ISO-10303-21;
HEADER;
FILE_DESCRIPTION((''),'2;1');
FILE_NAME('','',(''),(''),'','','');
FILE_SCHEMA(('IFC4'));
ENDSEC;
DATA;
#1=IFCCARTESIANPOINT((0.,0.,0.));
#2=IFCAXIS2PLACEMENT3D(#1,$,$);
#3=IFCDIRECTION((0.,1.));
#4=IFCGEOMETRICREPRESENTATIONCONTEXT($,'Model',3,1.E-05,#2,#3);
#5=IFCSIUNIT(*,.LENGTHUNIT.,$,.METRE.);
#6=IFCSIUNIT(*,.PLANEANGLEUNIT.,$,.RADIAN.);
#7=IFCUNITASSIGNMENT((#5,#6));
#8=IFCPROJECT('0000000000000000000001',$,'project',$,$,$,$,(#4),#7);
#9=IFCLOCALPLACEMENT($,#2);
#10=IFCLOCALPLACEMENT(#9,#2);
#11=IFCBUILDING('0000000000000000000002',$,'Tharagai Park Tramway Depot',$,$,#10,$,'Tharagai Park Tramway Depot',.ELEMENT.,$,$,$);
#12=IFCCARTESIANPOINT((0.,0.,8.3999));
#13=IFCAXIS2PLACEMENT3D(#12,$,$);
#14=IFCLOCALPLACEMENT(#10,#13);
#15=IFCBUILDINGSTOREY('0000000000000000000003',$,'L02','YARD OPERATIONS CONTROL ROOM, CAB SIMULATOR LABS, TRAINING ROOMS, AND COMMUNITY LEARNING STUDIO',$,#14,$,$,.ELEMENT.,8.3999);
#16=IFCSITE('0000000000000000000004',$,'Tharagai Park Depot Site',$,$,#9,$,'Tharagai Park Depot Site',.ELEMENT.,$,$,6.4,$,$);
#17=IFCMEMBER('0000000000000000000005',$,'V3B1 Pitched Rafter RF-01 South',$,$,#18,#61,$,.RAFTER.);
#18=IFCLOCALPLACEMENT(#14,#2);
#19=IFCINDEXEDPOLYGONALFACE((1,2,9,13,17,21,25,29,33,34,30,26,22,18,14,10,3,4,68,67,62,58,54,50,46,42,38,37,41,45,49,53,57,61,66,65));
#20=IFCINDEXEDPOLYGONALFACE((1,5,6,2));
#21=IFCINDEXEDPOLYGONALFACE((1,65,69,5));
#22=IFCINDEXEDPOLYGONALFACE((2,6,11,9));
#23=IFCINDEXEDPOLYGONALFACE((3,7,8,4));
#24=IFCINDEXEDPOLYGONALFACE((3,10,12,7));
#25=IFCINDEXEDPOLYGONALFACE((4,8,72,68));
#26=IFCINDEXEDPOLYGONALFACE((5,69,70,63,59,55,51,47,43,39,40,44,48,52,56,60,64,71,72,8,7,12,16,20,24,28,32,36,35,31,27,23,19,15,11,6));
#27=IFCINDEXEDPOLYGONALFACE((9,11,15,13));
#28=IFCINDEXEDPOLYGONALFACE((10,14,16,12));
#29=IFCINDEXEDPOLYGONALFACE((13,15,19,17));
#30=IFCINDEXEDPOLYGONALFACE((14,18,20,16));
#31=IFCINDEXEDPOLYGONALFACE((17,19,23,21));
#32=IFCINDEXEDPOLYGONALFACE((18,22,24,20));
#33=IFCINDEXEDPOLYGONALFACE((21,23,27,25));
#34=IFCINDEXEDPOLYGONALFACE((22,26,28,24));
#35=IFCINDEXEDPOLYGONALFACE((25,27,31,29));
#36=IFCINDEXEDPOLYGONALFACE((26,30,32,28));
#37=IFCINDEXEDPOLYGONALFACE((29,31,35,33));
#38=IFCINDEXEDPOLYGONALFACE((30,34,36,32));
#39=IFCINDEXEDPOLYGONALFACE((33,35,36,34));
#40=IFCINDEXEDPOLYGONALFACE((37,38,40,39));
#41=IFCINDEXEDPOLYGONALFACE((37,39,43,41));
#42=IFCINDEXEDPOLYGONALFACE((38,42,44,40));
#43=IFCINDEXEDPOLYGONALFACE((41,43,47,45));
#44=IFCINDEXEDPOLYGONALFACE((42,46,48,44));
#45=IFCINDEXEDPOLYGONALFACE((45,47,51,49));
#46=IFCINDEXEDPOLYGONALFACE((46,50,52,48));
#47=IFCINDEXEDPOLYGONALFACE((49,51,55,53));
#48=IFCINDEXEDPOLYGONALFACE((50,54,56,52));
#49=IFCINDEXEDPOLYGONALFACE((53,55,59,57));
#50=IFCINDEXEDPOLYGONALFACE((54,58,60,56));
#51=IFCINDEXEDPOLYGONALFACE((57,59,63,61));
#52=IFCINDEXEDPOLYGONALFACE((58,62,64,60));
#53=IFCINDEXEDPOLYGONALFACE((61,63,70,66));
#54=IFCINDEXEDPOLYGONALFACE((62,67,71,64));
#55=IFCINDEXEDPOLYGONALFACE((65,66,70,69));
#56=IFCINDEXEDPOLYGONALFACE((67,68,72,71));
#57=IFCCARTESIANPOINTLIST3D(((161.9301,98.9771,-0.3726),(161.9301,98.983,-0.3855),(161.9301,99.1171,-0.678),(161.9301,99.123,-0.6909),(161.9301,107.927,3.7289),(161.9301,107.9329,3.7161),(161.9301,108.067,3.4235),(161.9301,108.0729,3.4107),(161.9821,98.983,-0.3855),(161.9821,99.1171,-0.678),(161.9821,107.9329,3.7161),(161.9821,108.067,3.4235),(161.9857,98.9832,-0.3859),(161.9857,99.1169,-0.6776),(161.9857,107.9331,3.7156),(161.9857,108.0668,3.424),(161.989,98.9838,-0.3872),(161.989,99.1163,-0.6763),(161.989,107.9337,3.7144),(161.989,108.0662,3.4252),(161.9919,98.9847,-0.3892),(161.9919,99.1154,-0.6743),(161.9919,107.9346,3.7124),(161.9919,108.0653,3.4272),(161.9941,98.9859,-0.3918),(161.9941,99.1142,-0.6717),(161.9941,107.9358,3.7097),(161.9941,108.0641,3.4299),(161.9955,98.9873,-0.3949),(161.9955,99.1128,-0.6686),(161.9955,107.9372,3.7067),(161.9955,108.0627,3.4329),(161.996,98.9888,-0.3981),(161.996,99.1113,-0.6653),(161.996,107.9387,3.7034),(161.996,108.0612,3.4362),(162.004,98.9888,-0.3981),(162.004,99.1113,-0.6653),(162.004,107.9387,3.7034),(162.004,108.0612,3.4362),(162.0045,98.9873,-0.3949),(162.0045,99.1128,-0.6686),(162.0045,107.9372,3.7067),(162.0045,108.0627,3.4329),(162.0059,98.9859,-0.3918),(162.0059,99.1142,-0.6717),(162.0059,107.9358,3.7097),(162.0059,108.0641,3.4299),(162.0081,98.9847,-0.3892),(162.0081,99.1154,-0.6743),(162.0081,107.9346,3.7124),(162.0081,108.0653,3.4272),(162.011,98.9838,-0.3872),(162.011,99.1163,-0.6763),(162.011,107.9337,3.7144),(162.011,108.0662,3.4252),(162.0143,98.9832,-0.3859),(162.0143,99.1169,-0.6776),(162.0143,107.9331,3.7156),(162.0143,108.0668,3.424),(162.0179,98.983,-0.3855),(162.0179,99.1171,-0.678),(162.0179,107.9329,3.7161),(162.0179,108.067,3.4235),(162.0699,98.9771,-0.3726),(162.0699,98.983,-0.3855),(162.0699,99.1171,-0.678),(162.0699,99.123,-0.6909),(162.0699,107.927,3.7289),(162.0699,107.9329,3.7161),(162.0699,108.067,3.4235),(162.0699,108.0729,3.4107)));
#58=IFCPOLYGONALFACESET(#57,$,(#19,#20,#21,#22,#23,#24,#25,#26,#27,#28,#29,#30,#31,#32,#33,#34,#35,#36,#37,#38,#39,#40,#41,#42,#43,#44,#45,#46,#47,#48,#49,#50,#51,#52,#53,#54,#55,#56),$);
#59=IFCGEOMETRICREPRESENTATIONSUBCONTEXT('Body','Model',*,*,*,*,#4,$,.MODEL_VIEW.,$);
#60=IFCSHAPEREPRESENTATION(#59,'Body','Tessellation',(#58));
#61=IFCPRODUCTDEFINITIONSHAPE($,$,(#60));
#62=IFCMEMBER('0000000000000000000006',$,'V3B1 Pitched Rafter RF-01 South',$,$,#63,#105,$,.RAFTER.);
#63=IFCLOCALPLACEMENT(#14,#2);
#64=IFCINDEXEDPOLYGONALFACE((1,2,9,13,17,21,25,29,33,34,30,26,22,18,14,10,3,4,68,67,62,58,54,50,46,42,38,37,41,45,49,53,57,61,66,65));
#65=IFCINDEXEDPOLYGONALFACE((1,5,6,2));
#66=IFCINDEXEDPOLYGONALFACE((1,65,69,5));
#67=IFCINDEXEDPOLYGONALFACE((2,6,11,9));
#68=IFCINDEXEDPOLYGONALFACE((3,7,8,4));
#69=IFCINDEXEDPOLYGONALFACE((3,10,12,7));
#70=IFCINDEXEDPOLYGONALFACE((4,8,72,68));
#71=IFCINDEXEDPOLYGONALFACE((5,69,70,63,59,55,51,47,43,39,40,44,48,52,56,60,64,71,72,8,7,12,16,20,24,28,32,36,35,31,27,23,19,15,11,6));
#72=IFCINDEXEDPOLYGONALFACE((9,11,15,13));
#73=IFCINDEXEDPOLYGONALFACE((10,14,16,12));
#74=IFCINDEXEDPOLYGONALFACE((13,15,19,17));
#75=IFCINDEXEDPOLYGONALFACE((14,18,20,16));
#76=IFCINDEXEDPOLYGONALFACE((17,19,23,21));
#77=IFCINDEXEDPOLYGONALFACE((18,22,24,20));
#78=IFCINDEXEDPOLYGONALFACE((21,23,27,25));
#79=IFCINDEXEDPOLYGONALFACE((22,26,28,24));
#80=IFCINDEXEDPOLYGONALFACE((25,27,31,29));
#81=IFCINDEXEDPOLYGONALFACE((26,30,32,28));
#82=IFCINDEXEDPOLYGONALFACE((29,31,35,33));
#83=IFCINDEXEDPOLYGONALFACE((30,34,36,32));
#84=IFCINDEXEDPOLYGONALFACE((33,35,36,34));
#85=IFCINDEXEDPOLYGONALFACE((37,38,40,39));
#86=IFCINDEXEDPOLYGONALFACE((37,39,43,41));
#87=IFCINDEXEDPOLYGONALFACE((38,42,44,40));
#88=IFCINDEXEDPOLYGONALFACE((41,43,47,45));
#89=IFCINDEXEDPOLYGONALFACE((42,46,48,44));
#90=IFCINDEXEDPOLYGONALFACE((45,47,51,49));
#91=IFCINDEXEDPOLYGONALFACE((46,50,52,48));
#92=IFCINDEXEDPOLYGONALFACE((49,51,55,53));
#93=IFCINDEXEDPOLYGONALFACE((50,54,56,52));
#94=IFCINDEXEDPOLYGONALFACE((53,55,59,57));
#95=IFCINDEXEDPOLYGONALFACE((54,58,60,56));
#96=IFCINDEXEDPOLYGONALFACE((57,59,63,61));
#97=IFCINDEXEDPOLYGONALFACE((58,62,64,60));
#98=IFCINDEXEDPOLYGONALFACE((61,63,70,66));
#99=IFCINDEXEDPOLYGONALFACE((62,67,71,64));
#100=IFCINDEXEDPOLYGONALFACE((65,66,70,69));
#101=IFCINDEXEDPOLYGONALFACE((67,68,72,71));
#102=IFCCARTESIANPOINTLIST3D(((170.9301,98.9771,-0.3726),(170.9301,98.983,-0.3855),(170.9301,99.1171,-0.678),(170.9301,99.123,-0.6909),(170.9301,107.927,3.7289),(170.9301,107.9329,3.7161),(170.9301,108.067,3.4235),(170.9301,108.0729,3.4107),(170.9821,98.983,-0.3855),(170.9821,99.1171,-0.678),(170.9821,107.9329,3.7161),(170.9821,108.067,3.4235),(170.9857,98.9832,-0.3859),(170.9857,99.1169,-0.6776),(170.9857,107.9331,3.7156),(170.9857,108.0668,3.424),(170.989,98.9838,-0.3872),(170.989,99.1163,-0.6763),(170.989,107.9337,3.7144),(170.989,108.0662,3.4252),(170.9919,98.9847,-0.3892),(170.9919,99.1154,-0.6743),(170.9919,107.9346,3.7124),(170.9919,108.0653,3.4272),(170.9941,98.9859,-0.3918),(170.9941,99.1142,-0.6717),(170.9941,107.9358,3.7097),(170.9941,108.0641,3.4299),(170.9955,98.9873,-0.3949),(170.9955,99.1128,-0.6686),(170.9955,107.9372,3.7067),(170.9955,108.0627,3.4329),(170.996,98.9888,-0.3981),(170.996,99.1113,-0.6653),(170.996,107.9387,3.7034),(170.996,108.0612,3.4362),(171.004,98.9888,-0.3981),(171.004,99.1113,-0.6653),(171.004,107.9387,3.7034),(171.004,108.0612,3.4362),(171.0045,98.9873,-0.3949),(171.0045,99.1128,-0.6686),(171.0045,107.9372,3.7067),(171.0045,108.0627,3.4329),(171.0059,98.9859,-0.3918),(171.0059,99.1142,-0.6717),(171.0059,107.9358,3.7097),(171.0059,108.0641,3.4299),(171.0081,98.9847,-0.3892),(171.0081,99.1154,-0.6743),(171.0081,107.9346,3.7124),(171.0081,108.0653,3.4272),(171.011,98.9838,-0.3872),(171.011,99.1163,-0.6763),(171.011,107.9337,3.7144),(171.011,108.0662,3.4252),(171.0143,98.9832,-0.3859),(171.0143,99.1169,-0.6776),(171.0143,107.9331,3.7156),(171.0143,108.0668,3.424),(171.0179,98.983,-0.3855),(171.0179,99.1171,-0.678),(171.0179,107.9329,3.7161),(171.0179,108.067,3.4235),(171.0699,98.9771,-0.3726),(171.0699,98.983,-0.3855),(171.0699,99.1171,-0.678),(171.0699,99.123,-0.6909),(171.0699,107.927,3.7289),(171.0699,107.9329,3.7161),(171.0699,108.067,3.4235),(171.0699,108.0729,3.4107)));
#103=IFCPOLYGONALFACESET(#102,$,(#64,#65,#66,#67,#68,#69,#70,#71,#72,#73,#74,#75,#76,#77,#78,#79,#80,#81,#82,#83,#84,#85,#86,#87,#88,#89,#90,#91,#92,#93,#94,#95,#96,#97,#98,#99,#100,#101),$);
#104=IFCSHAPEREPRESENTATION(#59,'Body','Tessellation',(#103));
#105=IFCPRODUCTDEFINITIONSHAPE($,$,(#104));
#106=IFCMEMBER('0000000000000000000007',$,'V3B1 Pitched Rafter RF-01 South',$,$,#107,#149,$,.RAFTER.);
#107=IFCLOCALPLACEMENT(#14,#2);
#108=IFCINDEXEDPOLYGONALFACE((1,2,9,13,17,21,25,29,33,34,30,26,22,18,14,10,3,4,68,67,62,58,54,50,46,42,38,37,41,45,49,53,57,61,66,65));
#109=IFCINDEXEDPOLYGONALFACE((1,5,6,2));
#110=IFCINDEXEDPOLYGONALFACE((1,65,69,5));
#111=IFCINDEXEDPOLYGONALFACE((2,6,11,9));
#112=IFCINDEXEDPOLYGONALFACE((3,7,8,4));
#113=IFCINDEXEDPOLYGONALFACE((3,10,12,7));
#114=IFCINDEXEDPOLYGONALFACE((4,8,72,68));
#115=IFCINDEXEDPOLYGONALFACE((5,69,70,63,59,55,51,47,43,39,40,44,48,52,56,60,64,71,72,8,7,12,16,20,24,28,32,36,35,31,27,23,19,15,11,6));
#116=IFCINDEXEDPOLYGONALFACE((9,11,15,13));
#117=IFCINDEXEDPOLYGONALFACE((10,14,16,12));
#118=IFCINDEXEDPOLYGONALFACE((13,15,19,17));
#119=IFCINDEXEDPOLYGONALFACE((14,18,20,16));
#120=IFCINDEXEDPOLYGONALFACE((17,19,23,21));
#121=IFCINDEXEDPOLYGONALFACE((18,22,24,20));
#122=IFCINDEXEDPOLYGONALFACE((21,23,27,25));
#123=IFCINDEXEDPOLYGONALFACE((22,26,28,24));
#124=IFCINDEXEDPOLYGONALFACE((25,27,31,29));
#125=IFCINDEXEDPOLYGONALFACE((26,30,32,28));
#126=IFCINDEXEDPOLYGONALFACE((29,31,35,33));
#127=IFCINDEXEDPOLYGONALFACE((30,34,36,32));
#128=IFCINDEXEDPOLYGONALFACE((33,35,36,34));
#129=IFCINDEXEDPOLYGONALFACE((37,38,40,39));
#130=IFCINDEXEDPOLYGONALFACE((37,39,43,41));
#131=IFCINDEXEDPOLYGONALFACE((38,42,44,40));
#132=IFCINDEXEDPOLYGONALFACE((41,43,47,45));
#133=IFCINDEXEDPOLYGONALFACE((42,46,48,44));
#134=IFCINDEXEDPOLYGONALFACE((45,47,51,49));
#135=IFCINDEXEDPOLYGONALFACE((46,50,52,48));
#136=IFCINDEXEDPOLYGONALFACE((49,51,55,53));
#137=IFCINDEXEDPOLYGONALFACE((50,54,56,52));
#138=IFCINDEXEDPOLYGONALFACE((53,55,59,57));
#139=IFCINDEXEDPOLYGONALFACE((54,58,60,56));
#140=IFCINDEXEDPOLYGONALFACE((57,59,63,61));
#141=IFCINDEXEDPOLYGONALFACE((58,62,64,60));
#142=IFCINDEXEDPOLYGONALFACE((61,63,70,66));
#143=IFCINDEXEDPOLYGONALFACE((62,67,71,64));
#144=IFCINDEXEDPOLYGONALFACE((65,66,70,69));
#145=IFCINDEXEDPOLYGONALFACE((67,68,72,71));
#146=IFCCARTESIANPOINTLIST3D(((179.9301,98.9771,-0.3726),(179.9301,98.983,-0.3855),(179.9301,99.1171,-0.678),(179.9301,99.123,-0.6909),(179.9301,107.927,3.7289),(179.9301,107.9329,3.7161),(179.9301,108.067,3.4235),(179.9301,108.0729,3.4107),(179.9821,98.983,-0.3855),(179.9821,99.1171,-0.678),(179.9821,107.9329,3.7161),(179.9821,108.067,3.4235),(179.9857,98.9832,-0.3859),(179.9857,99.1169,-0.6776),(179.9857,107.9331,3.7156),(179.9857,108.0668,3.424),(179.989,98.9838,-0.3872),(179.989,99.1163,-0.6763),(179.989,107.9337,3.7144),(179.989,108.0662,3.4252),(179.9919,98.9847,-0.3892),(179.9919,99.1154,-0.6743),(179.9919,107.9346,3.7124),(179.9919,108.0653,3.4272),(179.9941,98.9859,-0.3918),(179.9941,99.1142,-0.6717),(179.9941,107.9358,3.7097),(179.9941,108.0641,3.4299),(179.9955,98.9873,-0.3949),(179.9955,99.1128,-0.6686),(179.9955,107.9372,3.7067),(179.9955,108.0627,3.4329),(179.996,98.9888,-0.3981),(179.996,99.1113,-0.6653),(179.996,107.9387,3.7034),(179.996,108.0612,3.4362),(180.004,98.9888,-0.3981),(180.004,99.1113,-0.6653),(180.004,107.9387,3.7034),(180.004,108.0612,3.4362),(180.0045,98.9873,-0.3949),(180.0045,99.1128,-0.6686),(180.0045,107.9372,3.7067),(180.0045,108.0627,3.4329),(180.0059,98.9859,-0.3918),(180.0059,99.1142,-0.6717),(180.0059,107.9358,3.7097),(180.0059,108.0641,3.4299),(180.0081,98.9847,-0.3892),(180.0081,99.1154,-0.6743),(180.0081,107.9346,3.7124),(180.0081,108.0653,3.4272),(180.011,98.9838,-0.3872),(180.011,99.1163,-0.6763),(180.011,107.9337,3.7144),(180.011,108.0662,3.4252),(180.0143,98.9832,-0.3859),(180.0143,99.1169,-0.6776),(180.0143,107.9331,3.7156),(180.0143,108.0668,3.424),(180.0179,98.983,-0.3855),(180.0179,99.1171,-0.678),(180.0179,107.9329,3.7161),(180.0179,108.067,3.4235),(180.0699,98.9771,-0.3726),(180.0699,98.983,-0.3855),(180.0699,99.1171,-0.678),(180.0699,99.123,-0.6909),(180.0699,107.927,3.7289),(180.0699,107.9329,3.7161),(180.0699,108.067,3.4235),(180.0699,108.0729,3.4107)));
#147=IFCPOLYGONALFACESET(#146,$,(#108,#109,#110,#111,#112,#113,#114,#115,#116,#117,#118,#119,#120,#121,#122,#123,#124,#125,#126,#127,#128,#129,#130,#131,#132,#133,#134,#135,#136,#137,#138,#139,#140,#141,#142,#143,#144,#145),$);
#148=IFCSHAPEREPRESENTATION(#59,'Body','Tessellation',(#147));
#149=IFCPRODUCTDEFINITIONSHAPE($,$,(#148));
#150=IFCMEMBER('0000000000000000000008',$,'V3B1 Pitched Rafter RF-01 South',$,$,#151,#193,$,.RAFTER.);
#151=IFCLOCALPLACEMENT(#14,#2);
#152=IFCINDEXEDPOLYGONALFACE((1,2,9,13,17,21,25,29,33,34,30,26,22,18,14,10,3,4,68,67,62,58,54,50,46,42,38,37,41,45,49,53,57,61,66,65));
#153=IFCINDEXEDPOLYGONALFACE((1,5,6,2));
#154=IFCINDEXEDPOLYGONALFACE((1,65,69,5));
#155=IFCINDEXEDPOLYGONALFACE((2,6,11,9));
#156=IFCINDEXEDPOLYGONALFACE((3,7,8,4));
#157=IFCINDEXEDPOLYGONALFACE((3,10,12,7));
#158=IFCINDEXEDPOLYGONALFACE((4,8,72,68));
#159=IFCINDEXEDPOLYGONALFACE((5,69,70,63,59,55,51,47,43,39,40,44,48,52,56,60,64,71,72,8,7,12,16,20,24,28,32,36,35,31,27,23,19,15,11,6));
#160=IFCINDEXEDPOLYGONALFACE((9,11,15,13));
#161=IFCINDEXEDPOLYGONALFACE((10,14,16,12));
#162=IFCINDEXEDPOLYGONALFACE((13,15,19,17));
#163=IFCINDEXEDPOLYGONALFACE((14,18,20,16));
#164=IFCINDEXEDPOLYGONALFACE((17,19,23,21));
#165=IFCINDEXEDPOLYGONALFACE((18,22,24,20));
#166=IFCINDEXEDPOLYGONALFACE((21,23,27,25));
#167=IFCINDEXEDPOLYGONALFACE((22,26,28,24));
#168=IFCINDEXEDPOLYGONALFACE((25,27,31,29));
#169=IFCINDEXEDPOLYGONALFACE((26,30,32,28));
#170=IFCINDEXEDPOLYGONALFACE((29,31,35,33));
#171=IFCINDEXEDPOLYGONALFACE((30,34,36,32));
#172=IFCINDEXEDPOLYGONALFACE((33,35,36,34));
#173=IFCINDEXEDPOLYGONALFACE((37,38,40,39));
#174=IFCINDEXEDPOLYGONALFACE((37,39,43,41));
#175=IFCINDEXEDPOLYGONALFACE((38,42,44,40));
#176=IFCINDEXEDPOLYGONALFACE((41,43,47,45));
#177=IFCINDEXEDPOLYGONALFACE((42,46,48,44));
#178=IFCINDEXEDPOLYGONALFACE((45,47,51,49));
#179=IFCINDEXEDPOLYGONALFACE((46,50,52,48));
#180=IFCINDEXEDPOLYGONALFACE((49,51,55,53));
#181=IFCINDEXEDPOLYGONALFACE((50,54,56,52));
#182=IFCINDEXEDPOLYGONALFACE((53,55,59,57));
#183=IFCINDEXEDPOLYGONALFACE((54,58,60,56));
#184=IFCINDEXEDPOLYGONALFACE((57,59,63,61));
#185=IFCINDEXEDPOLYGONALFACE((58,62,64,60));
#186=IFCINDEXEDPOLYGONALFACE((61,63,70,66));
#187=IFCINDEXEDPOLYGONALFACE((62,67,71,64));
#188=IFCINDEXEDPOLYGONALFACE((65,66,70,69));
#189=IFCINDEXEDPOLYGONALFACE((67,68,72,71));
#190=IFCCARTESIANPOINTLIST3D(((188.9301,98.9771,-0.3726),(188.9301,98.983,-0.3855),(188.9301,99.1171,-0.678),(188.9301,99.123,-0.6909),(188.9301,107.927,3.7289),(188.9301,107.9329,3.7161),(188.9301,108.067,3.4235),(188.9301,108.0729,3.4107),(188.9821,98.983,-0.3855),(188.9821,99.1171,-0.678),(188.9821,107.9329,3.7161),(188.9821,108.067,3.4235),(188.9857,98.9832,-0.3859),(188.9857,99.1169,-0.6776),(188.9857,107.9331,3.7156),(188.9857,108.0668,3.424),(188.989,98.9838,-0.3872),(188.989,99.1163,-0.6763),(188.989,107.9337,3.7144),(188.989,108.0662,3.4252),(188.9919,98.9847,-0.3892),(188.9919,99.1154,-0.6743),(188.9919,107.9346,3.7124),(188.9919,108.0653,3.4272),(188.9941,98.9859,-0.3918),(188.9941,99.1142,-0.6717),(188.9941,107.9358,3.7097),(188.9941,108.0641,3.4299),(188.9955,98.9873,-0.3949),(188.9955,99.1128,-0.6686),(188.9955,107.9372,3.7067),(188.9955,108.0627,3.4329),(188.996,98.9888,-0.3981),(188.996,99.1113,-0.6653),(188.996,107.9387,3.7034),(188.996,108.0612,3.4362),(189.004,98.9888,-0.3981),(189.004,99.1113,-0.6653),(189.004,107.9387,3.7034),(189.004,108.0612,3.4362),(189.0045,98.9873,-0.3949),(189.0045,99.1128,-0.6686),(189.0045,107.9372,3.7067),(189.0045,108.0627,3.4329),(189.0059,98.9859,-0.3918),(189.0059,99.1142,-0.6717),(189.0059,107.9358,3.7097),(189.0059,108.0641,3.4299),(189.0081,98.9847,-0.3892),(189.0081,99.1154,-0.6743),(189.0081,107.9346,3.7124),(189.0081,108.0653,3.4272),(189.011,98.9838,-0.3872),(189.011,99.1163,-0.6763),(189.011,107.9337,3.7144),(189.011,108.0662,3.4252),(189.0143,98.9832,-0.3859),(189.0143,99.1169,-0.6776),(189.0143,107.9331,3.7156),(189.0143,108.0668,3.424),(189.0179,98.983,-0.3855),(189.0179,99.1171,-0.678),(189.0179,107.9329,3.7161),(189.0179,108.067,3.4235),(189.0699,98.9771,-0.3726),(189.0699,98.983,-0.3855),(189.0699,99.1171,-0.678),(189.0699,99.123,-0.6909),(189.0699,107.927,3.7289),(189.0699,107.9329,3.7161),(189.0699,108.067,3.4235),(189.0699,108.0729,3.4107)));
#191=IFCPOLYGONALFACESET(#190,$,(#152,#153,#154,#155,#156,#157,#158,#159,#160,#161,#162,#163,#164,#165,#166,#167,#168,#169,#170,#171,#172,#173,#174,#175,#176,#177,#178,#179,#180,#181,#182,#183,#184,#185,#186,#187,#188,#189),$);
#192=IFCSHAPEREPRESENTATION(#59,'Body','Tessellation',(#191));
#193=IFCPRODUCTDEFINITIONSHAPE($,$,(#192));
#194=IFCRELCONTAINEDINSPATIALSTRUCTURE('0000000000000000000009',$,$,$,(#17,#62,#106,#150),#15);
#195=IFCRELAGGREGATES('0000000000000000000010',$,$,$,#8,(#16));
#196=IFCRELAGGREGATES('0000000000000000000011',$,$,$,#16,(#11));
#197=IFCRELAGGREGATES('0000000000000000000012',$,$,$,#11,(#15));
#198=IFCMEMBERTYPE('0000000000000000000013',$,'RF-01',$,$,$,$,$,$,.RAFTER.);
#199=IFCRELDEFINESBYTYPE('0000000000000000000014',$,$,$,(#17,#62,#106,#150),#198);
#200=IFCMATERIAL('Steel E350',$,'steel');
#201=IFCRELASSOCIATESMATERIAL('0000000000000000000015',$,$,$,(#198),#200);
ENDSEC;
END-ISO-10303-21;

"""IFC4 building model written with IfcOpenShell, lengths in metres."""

from ifc_helpers import new_model, si_unit, direction, frame, origin, origin_2d, place, context, subcontext, project, spatial, i_section, extrude, material, material_profile, profile_set, type_object, element, save


model = new_model("IFC4")

# Units and contexts
model_context = context("Model", 3, precision=1e-05, world=origin(), true_north=direction((0.0, 1.0)))
body_context = subcontext(model_context, "Body", "Model", "MODEL_VIEW")
ifc_project = project(units=[si_unit("LENGTHUNIT", "METRE"), si_unit("PLANEANGLEUNIT", "RADIAN")], contexts=[model_context])

# Site, building, storey
site_placement = place(None, origin())
site = spatial("IfcSite", under=ifc_project, at=site_placement, Name="Tharagai Park Depot Site", LongName="Tharagai Park Depot Site", CompositionType="ELEMENT", RefElevation=6.4)
building_placement = place(site_placement, origin())
building = spatial("IfcBuilding", under=site, at=building_placement, Name="Tharagai Park Tramway Depot", LongName="Tharagai Park Tramway Depot", CompositionType="ELEMENT")
storey_placement = place(building_placement, frame((0.0, 0.0, 8.3999)))
storey = spatial("IfcBuildingStorey", under=building, at=storey_placement, Name="L02", Description="YARD OPERATIONS CONTROL ROOM, CAB SIMULATOR LABS, TRAINING ROOMS, AND COMMUNITY LEARNING STUDIO", CompositionType="ELEMENT", Elevation=8.3999)

# Shared definitions
ifc_material_1 = material(Name="Steel E350", Category="steel")

# Members
ifc_material_profile_1 = material_profile(ifc_material_1, i_section(OverallWidth=0.1399, OverallDepth=0.3501, WebThickness=0.0081, FlangeThickness=0.0142, FilletRadius=0.0139, at=origin_2d()), Name="ISMB 350")
ifc_profile_set_1 = profile_set([ifc_material_profile_1], Name="Steel E350")
member_type_1 = type_object("IfcMemberType", Name="RF-01", PredefinedType="RAFTER", material=ifc_profile_set_1)
for number, where, z_axis, x_axis, name in (
    (1, (162.0, 99.05, -0.5317), (0.0, 0.909084, 0.416613), (-1.0, 0.0, 0.0), "V3B1 Pitched Rafter RF-01 South"),
    (2, (171.0, 99.05, -0.5317), (0.0, 0.909084, 0.416613), (-1.0, 0.0, 0.0), "V3B1 Pitched Rafter RF-01 South"),
    (3, (180.0, 99.05, -0.5317), (0.0, 0.909084, 0.416613), (-1.0, 0.0, 0.0), "V3B1 Pitched Rafter RF-01 South"),
    (4, (189.0, 99.05, -0.5317), (0.0, 0.909084, 0.416613), (-1.0, 0.0, 0.0), "V3B1 Pitched Rafter RF-01 South"),
):
    element("IfcMember", number, at=place(storey_placement, frame(where, z_axis=z_axis, x_axis=x_axis)), inside=storey, type_object=member_type_1, Name=name, PredefinedType="RAFTER", context=body_context, shape_type="SweptSolid", body=[
        extrude(i_section(OverallWidth=0.1399, OverallDepth=0.3501, WebThickness=0.0081, FlangeThickness=0.0142, FilletRadius=0.0139, at=origin_2d()), origin(), (0.0, 0.0, 1.0), 9.845),
    ])

save(model, "model.ifc")
